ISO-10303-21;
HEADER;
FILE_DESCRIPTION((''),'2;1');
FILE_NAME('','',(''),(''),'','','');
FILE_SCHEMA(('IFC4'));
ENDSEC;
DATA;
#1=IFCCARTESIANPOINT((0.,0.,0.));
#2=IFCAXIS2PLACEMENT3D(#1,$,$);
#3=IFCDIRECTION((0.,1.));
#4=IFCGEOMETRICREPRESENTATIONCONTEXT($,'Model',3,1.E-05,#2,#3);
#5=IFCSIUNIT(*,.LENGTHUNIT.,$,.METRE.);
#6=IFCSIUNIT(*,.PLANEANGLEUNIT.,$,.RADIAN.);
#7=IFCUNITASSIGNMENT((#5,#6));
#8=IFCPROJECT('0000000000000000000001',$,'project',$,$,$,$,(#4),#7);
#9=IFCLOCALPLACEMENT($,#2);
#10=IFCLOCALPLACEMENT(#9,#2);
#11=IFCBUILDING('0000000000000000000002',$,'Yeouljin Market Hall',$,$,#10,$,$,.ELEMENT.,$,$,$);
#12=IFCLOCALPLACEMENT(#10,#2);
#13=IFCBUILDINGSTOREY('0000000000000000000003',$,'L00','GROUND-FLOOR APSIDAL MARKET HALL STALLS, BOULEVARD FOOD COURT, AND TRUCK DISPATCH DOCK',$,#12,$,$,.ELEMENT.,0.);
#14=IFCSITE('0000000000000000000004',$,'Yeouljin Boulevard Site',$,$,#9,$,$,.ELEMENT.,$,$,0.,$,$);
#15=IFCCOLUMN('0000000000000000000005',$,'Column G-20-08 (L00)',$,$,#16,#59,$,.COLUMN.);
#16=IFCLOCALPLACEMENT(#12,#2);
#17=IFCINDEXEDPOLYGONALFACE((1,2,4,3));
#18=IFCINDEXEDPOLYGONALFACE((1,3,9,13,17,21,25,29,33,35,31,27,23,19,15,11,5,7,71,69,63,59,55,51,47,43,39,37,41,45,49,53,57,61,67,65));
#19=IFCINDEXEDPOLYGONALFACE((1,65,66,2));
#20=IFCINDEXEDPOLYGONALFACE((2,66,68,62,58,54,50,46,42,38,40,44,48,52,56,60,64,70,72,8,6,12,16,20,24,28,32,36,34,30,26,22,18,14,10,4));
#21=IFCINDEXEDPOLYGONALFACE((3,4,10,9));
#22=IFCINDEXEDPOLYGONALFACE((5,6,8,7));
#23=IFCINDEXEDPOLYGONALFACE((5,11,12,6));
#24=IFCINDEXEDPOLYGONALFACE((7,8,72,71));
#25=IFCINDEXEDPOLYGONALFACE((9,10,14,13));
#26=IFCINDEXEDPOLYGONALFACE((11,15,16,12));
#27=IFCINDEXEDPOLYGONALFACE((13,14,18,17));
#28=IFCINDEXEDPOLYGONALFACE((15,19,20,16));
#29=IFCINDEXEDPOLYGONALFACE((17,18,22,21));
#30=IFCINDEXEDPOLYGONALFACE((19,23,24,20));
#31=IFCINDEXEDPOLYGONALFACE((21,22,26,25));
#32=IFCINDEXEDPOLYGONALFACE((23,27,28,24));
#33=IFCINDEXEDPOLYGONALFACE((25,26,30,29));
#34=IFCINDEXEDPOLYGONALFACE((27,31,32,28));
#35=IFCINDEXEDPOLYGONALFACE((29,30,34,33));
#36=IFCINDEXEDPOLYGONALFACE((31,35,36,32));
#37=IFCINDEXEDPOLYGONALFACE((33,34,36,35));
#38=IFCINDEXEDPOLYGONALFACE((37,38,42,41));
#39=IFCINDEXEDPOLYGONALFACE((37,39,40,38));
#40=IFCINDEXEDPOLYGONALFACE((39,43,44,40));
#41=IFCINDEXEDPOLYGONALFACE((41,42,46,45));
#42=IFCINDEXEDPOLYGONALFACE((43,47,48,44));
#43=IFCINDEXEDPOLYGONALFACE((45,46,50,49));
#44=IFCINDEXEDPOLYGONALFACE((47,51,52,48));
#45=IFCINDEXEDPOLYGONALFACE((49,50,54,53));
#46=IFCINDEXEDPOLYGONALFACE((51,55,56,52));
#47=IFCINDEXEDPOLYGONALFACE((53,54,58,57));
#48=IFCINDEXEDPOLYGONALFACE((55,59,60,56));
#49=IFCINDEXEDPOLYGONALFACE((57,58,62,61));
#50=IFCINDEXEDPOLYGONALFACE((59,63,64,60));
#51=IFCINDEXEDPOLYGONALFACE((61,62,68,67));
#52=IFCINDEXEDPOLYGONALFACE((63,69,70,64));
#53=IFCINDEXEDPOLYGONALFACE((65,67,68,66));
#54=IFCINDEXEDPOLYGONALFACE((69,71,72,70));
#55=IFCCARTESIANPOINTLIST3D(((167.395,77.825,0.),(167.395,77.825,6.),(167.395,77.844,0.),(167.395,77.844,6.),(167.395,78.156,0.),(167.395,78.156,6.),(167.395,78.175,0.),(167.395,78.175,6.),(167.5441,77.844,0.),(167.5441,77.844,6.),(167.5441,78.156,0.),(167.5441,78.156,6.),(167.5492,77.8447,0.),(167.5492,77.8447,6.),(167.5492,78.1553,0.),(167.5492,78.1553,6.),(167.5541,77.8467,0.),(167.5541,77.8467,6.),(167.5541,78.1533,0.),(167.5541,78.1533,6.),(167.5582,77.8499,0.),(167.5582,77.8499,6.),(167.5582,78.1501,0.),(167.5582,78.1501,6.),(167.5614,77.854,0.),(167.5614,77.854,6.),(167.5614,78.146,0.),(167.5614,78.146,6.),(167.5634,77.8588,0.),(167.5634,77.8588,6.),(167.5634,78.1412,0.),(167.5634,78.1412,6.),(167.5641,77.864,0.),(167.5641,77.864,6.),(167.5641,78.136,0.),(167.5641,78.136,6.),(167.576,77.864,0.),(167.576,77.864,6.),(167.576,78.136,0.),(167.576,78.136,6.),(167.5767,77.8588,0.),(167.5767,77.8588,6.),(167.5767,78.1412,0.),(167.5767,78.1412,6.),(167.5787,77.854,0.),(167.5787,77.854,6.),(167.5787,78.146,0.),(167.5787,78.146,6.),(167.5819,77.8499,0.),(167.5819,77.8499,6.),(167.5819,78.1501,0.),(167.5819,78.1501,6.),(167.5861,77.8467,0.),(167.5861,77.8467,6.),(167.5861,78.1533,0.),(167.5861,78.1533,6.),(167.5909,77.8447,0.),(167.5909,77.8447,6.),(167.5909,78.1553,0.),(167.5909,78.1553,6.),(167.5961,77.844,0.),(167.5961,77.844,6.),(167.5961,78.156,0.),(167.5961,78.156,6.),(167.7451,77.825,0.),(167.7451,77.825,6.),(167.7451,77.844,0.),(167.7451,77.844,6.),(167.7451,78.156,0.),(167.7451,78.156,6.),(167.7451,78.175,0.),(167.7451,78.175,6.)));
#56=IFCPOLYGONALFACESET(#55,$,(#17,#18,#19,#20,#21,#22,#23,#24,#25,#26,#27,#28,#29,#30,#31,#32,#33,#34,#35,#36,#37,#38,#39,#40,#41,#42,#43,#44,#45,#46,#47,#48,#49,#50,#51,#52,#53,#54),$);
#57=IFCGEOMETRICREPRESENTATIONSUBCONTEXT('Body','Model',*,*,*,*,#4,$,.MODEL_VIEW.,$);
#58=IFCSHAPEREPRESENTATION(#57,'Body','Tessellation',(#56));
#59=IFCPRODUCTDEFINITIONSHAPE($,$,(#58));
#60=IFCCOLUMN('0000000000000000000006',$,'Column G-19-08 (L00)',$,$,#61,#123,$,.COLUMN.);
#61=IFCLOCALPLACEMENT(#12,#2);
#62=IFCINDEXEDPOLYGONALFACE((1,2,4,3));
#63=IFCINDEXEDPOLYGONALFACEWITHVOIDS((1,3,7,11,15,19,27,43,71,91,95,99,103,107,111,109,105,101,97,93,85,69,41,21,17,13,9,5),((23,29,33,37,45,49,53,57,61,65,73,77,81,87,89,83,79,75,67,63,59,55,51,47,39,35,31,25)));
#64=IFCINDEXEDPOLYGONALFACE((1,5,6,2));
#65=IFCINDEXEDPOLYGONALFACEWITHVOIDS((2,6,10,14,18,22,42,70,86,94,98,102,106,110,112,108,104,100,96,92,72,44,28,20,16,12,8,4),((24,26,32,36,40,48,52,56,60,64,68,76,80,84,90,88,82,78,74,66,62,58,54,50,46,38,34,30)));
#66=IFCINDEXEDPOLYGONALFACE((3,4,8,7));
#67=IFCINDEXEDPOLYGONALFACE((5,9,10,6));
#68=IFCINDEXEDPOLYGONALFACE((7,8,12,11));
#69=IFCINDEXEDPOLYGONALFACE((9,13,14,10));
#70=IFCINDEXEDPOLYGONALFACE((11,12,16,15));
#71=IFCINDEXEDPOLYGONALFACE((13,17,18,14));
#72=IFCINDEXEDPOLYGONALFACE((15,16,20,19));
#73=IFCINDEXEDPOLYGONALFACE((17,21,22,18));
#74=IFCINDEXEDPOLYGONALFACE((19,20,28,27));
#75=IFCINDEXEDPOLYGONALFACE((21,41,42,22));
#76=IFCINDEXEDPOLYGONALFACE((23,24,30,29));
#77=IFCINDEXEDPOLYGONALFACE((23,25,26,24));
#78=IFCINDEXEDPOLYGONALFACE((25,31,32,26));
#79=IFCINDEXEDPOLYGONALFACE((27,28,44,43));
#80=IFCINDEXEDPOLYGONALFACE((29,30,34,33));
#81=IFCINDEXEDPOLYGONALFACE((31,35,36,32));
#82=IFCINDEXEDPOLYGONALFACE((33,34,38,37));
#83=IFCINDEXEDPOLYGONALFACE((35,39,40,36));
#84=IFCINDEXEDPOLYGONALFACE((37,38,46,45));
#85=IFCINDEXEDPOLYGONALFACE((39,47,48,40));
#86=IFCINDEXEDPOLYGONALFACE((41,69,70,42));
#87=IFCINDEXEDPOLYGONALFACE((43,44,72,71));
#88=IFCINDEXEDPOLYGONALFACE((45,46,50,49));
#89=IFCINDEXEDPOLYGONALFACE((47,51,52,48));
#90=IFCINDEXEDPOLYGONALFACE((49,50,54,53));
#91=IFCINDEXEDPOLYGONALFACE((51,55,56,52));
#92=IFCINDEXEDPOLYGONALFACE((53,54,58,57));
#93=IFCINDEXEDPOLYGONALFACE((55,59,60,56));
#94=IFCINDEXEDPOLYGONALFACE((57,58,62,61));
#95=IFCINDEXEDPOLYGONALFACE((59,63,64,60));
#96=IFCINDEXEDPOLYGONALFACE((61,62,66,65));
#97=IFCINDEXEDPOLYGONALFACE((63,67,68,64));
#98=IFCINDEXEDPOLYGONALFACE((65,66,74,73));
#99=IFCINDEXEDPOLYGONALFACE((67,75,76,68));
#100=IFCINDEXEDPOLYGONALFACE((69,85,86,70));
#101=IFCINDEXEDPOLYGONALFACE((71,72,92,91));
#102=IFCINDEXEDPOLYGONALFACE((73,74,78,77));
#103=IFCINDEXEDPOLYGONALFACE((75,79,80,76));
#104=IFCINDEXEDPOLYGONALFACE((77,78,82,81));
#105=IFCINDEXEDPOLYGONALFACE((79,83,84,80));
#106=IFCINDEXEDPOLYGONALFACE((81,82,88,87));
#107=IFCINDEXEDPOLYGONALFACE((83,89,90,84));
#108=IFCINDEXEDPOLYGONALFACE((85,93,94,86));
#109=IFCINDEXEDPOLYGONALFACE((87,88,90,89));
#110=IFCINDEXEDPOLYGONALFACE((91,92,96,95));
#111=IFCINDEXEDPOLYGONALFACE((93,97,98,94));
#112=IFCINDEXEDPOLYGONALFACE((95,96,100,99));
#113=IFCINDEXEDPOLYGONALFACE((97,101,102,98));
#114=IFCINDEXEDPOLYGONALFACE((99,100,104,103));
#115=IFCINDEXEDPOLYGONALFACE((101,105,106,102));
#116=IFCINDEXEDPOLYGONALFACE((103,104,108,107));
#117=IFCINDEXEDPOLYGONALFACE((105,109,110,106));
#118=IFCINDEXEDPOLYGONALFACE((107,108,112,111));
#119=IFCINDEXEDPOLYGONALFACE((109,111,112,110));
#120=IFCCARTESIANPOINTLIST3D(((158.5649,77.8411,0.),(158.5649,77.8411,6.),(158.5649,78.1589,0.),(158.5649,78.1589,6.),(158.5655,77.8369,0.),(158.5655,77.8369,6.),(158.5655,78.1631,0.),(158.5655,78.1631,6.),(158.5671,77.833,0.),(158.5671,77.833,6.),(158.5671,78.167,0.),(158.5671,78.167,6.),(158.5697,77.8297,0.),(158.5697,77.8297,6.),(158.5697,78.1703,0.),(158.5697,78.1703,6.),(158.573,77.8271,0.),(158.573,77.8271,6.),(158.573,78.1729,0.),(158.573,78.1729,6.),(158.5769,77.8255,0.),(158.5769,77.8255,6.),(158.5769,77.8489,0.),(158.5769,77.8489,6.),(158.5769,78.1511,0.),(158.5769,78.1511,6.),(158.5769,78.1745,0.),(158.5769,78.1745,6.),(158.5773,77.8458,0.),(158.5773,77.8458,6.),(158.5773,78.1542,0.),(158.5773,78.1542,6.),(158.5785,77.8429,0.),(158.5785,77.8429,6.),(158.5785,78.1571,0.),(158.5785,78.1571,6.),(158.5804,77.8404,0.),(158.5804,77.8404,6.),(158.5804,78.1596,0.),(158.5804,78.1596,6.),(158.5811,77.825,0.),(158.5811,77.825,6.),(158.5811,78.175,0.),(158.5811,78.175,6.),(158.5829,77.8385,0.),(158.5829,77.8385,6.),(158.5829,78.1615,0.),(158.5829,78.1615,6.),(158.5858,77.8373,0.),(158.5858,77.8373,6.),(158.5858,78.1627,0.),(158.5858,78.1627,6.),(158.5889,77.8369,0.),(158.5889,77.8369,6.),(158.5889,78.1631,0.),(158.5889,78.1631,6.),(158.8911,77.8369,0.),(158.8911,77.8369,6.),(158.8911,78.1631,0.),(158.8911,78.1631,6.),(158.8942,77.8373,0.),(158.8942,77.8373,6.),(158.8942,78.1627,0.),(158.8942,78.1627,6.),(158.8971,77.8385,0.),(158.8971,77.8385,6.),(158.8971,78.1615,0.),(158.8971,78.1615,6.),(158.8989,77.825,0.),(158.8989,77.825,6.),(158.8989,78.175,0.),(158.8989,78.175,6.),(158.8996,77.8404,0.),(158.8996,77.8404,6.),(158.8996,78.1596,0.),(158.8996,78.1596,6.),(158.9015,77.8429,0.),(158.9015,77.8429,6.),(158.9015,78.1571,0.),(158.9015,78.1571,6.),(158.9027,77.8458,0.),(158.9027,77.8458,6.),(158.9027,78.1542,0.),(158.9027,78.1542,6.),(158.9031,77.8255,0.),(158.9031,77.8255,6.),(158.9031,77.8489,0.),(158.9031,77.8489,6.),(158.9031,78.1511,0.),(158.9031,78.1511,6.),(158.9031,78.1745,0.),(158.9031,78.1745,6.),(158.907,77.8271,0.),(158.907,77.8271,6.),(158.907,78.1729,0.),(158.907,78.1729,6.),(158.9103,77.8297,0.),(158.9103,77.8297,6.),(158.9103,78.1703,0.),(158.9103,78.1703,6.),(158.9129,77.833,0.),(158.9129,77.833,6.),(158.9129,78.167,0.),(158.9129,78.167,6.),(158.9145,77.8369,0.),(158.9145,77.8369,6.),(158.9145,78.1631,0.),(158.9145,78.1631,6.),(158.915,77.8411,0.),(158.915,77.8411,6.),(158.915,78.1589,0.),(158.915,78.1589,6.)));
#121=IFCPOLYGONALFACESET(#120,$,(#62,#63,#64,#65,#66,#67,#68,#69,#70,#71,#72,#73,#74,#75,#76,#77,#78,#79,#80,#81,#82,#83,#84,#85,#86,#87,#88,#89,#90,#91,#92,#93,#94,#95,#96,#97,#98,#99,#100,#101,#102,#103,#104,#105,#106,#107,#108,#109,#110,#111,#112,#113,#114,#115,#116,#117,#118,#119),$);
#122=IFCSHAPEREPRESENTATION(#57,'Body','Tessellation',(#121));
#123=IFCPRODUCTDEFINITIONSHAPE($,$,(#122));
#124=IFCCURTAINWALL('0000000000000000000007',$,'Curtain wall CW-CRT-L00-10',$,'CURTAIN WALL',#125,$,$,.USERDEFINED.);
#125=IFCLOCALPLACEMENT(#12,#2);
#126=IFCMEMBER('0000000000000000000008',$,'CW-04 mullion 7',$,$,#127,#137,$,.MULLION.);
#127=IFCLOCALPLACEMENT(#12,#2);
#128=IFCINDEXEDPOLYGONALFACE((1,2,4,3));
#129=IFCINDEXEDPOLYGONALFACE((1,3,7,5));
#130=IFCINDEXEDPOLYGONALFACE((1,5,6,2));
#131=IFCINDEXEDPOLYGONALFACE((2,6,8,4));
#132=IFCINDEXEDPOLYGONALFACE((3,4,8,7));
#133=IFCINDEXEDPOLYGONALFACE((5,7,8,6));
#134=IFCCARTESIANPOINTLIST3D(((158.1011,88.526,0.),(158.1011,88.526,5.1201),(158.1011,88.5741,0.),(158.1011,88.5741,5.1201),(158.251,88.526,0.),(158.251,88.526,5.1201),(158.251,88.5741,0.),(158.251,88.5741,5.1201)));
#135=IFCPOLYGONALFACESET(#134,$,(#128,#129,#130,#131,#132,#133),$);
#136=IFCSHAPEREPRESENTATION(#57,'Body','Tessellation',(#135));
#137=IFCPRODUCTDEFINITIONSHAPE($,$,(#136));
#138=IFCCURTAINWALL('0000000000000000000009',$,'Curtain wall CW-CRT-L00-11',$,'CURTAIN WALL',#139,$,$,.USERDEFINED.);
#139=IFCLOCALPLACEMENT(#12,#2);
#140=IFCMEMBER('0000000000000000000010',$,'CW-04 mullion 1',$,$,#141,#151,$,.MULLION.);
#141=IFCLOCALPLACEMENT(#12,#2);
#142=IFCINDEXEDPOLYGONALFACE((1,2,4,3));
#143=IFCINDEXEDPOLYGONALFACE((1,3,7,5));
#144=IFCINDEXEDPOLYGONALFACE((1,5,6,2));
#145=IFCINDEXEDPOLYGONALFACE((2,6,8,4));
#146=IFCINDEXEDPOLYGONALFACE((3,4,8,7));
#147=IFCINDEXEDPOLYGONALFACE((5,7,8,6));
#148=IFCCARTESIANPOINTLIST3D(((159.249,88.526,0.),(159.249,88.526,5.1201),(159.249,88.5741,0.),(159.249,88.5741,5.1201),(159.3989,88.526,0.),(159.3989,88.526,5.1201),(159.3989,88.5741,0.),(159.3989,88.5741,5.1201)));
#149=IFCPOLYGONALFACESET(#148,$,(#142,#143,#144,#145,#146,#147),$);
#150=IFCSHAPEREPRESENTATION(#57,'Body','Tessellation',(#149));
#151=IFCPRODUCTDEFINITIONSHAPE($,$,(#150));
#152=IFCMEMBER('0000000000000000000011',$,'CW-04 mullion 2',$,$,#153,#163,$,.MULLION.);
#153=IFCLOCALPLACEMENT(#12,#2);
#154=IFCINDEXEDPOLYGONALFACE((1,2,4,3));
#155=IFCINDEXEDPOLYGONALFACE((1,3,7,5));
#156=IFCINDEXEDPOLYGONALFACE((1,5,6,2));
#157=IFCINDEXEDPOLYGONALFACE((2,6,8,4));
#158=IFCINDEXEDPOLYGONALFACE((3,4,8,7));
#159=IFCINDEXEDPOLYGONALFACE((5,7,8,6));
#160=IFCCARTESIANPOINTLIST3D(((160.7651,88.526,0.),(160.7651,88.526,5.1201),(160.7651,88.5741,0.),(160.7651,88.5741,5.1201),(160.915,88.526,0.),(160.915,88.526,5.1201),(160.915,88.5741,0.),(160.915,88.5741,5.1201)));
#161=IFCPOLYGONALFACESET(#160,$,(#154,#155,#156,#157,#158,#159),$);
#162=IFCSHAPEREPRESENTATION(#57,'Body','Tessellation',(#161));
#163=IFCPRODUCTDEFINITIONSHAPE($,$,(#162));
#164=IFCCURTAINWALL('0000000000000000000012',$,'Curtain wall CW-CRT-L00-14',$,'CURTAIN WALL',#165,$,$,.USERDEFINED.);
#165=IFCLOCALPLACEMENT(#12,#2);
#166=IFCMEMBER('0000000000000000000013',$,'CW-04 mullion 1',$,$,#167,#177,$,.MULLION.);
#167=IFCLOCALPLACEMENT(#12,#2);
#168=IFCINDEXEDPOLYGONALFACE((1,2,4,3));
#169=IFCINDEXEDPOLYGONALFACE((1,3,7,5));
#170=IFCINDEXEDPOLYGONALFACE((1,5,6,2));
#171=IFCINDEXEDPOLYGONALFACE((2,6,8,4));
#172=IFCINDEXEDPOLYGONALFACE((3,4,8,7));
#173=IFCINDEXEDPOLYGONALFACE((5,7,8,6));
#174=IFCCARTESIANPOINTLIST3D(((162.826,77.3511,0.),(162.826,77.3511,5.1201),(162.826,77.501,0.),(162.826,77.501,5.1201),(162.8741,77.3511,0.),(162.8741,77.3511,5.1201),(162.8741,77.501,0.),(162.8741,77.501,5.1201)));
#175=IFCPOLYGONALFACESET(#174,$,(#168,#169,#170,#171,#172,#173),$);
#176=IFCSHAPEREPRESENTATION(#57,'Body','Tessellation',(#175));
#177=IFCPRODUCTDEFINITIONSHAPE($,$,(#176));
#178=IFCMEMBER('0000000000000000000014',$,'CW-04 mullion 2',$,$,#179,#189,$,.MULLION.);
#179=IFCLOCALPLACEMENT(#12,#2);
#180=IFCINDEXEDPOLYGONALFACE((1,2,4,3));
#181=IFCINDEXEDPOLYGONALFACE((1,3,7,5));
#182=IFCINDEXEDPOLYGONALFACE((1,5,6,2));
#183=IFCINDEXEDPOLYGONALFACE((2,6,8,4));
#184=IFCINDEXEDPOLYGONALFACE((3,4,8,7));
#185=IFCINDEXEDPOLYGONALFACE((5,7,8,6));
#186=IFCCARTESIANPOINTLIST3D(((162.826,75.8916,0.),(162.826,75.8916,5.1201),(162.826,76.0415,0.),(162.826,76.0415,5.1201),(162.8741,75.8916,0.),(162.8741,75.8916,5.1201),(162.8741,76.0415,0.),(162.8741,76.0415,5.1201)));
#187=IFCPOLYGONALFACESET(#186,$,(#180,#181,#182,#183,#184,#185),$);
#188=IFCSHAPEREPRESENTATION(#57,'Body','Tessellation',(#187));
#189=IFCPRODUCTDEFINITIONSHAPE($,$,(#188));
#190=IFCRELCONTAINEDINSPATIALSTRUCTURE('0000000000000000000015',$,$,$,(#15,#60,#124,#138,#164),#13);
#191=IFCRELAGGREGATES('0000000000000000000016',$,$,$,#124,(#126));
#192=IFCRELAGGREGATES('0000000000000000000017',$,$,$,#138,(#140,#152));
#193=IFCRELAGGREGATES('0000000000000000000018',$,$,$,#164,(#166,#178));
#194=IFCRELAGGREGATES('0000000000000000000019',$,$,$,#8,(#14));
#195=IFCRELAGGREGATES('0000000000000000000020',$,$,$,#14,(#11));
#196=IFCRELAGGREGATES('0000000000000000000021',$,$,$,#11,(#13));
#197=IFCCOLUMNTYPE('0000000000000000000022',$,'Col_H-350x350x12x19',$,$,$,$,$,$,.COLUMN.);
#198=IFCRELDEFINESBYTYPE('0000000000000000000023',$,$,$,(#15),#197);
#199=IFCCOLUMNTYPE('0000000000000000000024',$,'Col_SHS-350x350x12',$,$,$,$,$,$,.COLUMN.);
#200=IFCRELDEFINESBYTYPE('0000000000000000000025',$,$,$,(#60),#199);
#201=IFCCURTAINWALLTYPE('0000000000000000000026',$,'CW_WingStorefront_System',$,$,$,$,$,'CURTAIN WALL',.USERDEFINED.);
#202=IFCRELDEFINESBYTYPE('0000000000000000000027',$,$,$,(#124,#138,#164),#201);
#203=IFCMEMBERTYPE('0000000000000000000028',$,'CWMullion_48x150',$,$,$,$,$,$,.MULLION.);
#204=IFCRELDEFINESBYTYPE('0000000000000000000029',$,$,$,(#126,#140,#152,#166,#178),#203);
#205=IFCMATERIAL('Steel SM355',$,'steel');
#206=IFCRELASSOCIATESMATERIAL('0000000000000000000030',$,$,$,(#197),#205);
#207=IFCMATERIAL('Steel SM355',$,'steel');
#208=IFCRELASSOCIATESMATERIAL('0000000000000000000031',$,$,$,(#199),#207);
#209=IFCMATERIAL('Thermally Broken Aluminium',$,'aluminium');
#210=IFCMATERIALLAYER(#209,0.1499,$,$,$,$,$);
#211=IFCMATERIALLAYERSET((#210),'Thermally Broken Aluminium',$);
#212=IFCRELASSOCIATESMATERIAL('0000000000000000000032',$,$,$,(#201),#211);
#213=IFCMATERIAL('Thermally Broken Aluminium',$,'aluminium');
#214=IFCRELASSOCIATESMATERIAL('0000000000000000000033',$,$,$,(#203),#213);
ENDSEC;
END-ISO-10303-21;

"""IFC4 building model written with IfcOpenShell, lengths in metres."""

from ifc_helpers import new_model, si_unit, direction, frame, origin, origin_2d, place, context, subcontext, project, spatial, rectangle, hollow_rectangle, i_section, extrude, material, layer, layer_set, material_profile, profile_set, type_object, element, aggregate, save


model = new_model("IFC4")

# Units and contexts
model_context = context("Model", 3, precision=1e-05, world=origin(), true_north=direction((0.0, 1.0)))
body_context = subcontext(model_context, "Body", "Model", "MODEL_VIEW")
ifc_project = project(units=[si_unit("LENGTHUNIT", "METRE"), si_unit("PLANEANGLEUNIT", "RADIAN")], contexts=[model_context])

# Site, building, storey
site_placement = place(None, origin())
site = spatial("IfcSite", under=ifc_project, at=site_placement, Name="Yeouljin Boulevard Site", CompositionType="ELEMENT", RefElevation=0.0)
building_placement = place(site_placement, origin())
building = spatial("IfcBuilding", under=site, at=building_placement, Name="Yeouljin Market Hall", CompositionType="ELEMENT")
storey_placement = place(building_placement, origin())
storey = spatial("IfcBuildingStorey", under=building, at=storey_placement, Name="L00", Description="GROUND-FLOOR APSIDAL MARKET HALL STALLS, BOULEVARD FOOD COURT, AND TRUCK DISPATCH DOCK", CompositionType="ELEMENT", Elevation=0.0)

# Columns
ifc_material_1 = material(Name="Steel SM355", Category="steel")
ifc_material_profile_1 = material_profile(ifc_material_1, i_section(OverallWidth=0.3501, OverallDepth=0.3501, WebThickness=0.012, FlangeThickness=0.019, FilletRadius=0.02, at=origin_2d()), Name="H-350x350x12x19")
ifc_profile_set_1 = profile_set([ifc_material_profile_1], Name="Steel SM355")
column_type_1 = type_object("IfcColumnType", Name="Col_H-350x350x12x19", PredefinedType="COLUMN", material=ifc_profile_set_1)
column_1_placement = place(storey_placement, frame((167.5701, 78.0, 0.0), z_axis=(0.0, 0.0, 1.0), x_axis=(1.0, 0.0, 0.0)))
element("IfcColumn", 1, at=column_1_placement, inside=storey, type_object=column_type_1, Name="Column G-20-08 (L00)", PredefinedType="COLUMN", context=body_context, shape_type="SweptSolid", body=[
    extrude(i_section(OverallWidth=0.3501, OverallDepth=0.3501, WebThickness=0.012, FlangeThickness=0.019, FilletRadius=0.02, at=origin_2d()), origin(), (0.0, 0.0, 1.0), 6.0),
])
ifc_material_2 = material(Name="Steel SM355", Category="steel")
ifc_material_profile_2 = material_profile(ifc_material_2, hollow_rectangle(XDim=0.3501, YDim=0.3501, WallThickness=0.012, InnerFilletRadius=0.012, OuterFilletRadius=0.0161, at=origin_2d()), Name="SHS-350x350x12")
ifc_profile_set_2 = profile_set([ifc_material_profile_2], Name="Steel SM355")
column_type_2 = type_object("IfcColumnType", Name="Col_SHS-350x350x12", PredefinedType="COLUMN", material=ifc_profile_set_2)
column_2_placement = place(storey_placement, frame((158.74, 78.0, 0.0), z_axis=(0.0, 0.0, 1.0), x_axis=(1.0, 0.0, 0.0)))
element("IfcColumn", 2, at=column_2_placement, inside=storey, type_object=column_type_2, Name="Column G-19-08 (L00)", PredefinedType="COLUMN", context=body_context, shape_type="SweptSolid", body=[
    extrude(hollow_rectangle(XDim=0.3501, YDim=0.3501, WallThickness=0.012, InnerFilletRadius=0.012, OuterFilletRadius=0.0161, at=origin_2d()), origin(), (0.0, 0.0, 1.0), 6.0),
])

# Curtain wall, member
ifc_material_3 = material(Name="Thermally Broken Aluminium", Category="aluminium")
ifc_layer_1 = layer(ifc_material_3, 0.1499)
ifc_layer_set_1 = layer_set([ifc_layer_1], Name="Thermally Broken Aluminium")
curtain_wall_type = type_object("IfcCurtainWallType", Name="CW_WingStorefront_System", ElementType="CURTAIN WALL", PredefinedType="USERDEFINED", material=ifc_layer_set_1)
curtain_wall_1_placement = place(storey_placement, origin())
curtain_wall_1 = element("IfcCurtainWall", 3, at=curtain_wall_1_placement, inside=storey, type_object=curtain_wall_type, Name="Curtain wall CW-CRT-L00-10", ObjectType="CURTAIN WALL", PredefinedType="USERDEFINED")
ifc_material_4 = material(Name="Thermally Broken Aluminium", Category="aluminium")
ifc_material_profile_3 = material_profile(ifc_material_4, rectangle(XDim=0.0481, YDim=0.1499, at=origin_2d()), Name="CW-MULL-48x150")
ifc_profile_set_3 = profile_set([ifc_material_profile_3], Name="Thermally Broken Aluminium")
member_type_1 = type_object("IfcMemberType", Name="CWMullion_48x150", PredefinedType="MULLION", material=ifc_profile_set_3)
member_1_placement = place(storey_placement, frame((158.176, 88.55, 0.0), z_axis=(0.0, 0.0, 1.0), x_axis=(0.0, 1.0, 0.0)))
member_1 = element("IfcMember", 4, at=member_1_placement, type_object=member_type_1, Name="CW-04 mullion 7", PredefinedType="MULLION", context=body_context, shape_type="SweptSolid", body=[
    extrude(rectangle(XDim=0.0481, YDim=0.1499, at=origin_2d()), origin(), (0.0, 0.0, 1.0), 5.1201),
])
aggregate(curtain_wall_1, [member_1])

# Curtain walls, members
curtain_wall_2_placement = place(storey_placement, origin())
curtain_wall_2 = element("IfcCurtainWall", 5, at=curtain_wall_2_placement, inside=storey, type_object=curtain_wall_type, Name="Curtain wall CW-CRT-L00-11", ObjectType="CURTAIN WALL", PredefinedType="USERDEFINED")
member_2_placement = place(storey_placement, frame((159.324, 88.55, 0.0), z_axis=(0.0, 0.0, 1.0), x_axis=(0.0, 1.0, 0.0)))
member_2 = element("IfcMember", 6, at=member_2_placement, type_object=member_type_1, Name="CW-04 mullion 1", PredefinedType="MULLION", context=body_context, shape_type="SweptSolid", body=[
    extrude(rectangle(XDim=0.0481, YDim=0.1499, at=origin_2d()), origin(), (0.0, 0.0, 1.0), 5.1201),
])
member_3_placement = place(storey_placement, frame((160.8401, 88.55, 0.0), z_axis=(0.0, 0.0, 1.0), x_axis=(0.0, 1.0, 0.0)))
member_3 = element("IfcMember", 7, at=member_3_placement, type_object=member_type_1, Name="CW-04 mullion 2", PredefinedType="MULLION", context=body_context, shape_type="SweptSolid", body=[
    extrude(rectangle(XDim=0.0481, YDim=0.1499, at=origin_2d()), origin(), (0.0, 0.0, 1.0), 5.1201),
])
curtain_wall_3_placement = place(storey_placement, origin())
curtain_wall_3 = element("IfcCurtainWall", 8, at=curtain_wall_3_placement, inside=storey, type_object=curtain_wall_type, Name="Curtain wall CW-CRT-L00-14", ObjectType="CURTAIN WALL", PredefinedType="USERDEFINED")
member_4_placement = place(storey_placement, frame((162.8501, 77.426, 0.0), z_axis=(0.0, 0.0, 1.0), x_axis=(1.0, 0.0, 0.0)))
member_4 = element("IfcMember", 9, at=member_4_placement, type_object=member_type_1, Name="CW-04 mullion 1", PredefinedType="MULLION", context=body_context, shape_type="SweptSolid", body=[
    extrude(rectangle(XDim=0.0481, YDim=0.1499, at=origin_2d()), origin(), (0.0, 0.0, 1.0), 5.1201),
])
member_5_placement = place(storey_placement, frame((162.8501, 75.9666, 0.0), z_axis=(0.0, 0.0, 1.0), x_axis=(1.0, 0.0, 0.0)))
member_5 = element("IfcMember", 10, at=member_5_placement, type_object=member_type_1, Name="CW-04 mullion 2", PredefinedType="MULLION", context=body_context, shape_type="SweptSolid", body=[
    extrude(rectangle(XDim=0.0481, YDim=0.1499, at=origin_2d()), origin(), (0.0, 0.0, 1.0), 5.1201),
])

aggregate(curtain_wall_2, [member_2, member_3])
aggregate(curtain_wall_3, [member_4, member_5])

save(model, "model.ifc")
